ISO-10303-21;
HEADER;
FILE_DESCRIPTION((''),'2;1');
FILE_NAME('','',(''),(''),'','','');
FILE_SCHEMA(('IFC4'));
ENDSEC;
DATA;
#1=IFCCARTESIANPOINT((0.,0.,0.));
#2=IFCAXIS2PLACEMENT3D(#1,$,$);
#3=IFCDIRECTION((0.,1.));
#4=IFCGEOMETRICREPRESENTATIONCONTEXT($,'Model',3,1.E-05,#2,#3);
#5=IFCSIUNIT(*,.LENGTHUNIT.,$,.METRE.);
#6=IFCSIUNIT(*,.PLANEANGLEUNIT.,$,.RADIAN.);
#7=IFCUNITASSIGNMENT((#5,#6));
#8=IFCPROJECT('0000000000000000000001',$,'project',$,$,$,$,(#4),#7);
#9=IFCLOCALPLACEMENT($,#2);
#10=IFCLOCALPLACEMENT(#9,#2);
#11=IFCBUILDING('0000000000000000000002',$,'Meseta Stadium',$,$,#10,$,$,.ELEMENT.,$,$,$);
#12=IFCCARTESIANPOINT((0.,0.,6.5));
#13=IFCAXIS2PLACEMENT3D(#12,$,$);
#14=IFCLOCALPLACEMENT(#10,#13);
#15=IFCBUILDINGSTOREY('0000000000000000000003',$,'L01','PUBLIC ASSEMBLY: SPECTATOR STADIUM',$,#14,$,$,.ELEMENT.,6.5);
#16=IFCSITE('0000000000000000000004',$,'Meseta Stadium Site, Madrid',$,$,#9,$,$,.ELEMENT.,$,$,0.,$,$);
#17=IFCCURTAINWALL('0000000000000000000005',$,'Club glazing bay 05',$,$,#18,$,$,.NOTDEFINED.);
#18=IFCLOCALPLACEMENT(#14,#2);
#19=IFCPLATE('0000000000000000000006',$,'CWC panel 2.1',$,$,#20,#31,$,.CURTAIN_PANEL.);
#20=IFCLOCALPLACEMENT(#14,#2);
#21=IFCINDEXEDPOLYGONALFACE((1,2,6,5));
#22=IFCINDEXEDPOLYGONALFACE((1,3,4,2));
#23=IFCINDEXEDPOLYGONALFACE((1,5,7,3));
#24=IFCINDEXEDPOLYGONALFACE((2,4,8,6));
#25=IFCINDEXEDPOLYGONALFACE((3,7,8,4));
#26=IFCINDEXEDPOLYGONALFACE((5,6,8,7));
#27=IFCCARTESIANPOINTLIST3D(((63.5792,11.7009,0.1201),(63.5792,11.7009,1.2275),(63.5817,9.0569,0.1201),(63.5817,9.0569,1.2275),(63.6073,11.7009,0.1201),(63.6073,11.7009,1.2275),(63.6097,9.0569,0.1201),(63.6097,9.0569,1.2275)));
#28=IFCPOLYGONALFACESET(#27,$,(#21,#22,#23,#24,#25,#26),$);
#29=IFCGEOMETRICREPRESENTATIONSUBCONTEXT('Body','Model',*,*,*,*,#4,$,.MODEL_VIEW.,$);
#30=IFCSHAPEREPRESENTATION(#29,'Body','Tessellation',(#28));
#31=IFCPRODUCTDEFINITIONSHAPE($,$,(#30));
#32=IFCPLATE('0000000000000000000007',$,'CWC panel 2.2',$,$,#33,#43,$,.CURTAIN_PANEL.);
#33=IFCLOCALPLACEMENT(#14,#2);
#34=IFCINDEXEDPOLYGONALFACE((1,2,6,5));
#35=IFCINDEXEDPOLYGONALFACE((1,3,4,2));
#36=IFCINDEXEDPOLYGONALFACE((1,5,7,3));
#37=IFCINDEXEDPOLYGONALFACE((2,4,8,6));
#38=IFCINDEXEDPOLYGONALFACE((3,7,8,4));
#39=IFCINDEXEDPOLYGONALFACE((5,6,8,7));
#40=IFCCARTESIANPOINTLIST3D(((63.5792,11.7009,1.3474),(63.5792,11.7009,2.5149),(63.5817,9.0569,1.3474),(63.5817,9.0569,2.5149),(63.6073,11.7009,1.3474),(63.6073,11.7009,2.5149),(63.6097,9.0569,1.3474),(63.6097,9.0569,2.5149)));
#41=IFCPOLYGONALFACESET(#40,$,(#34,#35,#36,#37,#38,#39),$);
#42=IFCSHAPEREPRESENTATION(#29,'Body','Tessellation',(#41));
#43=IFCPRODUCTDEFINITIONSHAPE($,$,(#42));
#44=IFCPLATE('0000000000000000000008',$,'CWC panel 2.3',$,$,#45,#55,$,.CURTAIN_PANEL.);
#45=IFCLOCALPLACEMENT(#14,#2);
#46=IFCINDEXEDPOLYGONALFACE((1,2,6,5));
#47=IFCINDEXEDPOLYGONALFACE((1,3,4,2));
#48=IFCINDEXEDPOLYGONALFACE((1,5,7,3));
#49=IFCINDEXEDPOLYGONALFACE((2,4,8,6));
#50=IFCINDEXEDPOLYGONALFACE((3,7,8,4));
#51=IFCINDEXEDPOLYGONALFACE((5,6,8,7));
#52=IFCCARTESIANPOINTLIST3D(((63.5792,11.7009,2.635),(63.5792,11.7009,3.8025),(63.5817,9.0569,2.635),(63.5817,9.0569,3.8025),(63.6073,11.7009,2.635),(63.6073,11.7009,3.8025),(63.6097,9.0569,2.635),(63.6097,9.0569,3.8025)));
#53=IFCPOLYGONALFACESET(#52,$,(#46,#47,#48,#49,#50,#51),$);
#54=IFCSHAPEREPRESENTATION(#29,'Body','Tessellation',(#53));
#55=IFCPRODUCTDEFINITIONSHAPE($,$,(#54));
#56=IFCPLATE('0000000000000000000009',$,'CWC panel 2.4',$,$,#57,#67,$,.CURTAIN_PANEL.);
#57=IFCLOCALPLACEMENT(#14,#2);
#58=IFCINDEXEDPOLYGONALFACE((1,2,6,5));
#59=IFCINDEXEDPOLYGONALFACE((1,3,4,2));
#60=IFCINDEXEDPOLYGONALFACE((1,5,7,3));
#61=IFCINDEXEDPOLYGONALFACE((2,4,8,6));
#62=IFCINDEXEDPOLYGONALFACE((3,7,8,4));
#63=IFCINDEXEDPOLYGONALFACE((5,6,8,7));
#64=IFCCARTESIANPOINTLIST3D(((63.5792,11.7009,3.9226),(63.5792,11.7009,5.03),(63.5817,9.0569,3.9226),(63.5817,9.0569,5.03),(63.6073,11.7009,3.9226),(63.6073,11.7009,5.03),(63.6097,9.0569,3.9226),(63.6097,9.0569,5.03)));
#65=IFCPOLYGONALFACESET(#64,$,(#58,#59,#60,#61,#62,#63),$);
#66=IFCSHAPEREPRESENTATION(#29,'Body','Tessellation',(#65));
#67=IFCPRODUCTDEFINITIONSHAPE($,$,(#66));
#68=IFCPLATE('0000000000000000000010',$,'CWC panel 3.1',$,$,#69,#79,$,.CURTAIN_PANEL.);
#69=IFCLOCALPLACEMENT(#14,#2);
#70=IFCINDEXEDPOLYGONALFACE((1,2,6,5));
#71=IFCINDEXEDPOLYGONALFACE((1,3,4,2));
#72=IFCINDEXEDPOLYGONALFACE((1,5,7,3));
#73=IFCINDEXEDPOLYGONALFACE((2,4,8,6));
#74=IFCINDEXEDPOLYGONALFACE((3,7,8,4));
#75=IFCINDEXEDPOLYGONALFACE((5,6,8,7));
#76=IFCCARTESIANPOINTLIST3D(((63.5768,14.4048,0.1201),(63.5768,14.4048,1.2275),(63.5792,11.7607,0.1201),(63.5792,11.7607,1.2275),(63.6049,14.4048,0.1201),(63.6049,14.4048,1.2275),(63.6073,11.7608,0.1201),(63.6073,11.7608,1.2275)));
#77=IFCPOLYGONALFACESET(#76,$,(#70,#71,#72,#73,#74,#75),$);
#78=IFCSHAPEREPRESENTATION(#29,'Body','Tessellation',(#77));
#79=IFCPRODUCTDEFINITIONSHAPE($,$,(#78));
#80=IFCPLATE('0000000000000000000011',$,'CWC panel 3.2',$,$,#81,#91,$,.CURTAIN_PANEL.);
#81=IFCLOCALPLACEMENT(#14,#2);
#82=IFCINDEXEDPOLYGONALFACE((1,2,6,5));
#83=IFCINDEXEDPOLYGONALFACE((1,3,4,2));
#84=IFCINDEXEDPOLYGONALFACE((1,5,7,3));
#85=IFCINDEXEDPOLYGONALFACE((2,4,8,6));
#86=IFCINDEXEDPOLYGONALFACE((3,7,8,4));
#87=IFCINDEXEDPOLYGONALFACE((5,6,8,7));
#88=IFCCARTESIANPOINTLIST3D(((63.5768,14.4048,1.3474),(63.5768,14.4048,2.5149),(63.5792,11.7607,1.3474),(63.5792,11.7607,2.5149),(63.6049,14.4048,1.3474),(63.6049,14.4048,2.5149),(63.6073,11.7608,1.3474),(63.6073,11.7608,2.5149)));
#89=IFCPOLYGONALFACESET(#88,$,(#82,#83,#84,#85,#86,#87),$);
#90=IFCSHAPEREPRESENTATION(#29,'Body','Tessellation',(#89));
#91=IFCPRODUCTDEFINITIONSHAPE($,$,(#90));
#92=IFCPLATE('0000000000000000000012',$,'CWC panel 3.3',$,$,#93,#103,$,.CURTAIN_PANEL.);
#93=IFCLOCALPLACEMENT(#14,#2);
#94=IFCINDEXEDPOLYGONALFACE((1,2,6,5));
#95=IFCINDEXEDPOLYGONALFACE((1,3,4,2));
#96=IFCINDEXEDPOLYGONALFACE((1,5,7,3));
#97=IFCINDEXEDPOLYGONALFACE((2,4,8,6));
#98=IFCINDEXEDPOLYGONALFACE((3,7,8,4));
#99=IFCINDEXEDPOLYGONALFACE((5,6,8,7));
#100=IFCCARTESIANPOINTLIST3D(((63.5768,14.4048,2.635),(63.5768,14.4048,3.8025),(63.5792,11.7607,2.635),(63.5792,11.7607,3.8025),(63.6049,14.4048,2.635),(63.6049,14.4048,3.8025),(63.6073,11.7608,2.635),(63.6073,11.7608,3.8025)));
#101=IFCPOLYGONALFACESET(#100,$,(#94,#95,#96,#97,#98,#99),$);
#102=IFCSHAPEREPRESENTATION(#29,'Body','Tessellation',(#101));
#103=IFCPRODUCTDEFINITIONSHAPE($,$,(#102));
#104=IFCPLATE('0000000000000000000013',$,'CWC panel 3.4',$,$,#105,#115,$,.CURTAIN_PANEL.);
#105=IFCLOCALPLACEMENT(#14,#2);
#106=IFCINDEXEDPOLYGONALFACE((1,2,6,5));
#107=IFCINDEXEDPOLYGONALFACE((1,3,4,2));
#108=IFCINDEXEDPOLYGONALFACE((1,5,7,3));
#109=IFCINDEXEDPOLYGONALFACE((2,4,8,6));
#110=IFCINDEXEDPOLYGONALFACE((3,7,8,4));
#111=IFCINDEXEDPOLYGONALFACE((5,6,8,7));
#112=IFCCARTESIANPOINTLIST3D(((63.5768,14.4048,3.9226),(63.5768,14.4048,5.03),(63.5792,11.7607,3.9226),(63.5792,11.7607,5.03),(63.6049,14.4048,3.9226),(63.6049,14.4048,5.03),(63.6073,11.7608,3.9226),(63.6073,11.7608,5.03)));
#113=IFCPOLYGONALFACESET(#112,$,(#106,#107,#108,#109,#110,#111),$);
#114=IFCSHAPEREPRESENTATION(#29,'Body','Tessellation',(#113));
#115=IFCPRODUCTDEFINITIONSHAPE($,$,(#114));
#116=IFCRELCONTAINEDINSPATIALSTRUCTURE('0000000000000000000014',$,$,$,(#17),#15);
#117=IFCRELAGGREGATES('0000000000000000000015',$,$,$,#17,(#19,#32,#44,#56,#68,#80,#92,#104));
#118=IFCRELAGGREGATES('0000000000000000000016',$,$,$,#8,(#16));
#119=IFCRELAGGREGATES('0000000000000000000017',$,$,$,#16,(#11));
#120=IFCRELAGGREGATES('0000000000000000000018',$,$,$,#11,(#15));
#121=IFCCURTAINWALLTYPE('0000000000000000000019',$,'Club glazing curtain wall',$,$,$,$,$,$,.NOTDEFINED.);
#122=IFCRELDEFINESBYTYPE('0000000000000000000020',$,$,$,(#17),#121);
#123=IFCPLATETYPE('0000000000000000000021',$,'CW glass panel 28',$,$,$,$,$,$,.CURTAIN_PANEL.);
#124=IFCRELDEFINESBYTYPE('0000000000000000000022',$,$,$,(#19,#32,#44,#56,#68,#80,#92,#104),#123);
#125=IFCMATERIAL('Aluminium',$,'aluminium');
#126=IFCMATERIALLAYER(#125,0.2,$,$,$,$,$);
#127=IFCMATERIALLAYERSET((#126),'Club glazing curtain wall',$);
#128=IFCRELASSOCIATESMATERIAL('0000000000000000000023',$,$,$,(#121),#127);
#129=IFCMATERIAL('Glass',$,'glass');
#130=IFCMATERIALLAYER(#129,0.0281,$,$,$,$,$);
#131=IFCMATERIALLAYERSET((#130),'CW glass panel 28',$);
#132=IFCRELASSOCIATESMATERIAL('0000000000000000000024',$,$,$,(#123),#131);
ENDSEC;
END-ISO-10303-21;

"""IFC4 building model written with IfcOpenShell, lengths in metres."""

from ifc_helpers import new_model, si_unit, direction, frame, origin, origin_2d, place, context, subcontext, project, spatial, rectangle, extrude, material, layer, layer_set, type_object, element, aggregate, save


model = new_model("IFC4")

# Units and contexts
model_context = context("Model", 3, precision=1e-05, world=origin(), true_north=direction((0.0, 1.0)))
body_context = subcontext(model_context, "Body", "Model", "MODEL_VIEW")
ifc_project = project(units=[si_unit("LENGTHUNIT", "METRE"), si_unit("PLANEANGLEUNIT", "RADIAN")], contexts=[model_context])

# Site, building, storey
site_placement = place(None, origin())
site = spatial("IfcSite", under=ifc_project, at=site_placement, Name="Meseta Stadium Site, Madrid", CompositionType="ELEMENT", RefElevation=0.0)
building_placement = place(site_placement, origin())
building = spatial("IfcBuilding", under=site, at=building_placement, Name="Meseta Stadium", CompositionType="ELEMENT")
storey_placement = place(building_placement, frame((0.0, 0.0, 6.5)))
storey = spatial("IfcBuildingStorey", under=building, at=storey_placement, Name="L01", Description="PUBLIC ASSEMBLY: SPECTATOR STADIUM", CompositionType="ELEMENT", Elevation=6.5)

# Curtain wall
ifc_material_1 = material(Name="Aluminium", Category="aluminium")
ifc_layer_1 = layer(ifc_material_1, 0.2)
ifc_layer_set_1 = layer_set([ifc_layer_1], Name="Club glazing curtain wall")
curtain_wall_type = type_object("IfcCurtainWallType", Name="Club glazing curtain wall", PredefinedType="NOTDEFINED", material=ifc_layer_set_1)
curtain_wall_1_placement = place(storey_placement, origin())
curtain_wall_1 = element("IfcCurtainWall", 1, at=curtain_wall_1_placement, inside=storey, type_object=curtain_wall_type, Name="Club glazing bay 05", PredefinedType="NOTDEFINED")

# Plates
ifc_material_2 = material(Name="Glass", Category="glass")
ifc_layer_2 = layer(ifc_material_2, 0.0281)
ifc_layer_set_2 = layer_set([ifc_layer_2], Name="CW glass panel 28")
plate_type = type_object("IfcPlateType", Name="CW glass panel 28", PredefinedType="CURTAIN_PANEL", material=ifc_layer_set_2)
plate_1_placement = place(storey_placement, frame((63.5945, 10.3789, 0.1201), z_axis=(0.0, 0.0, 1.0), x_axis=(-0.000925, 1.0, 0.0)))
plate_1 = element("IfcPlate", 2, at=plate_1_placement, type_object=plate_type, Name="CWC panel 2.1", PredefinedType="CURTAIN_PANEL", context=body_context, shape_type="SweptSolid", body=[
    extrude(rectangle(XDim=2.644, YDim=0.0281, at=origin_2d()), origin(), (0.0, 0.0, 1.0), 1.1074),
])
plate_2_placement = place(storey_placement, frame((63.5945, 10.3789, 1.3474), z_axis=(0.0, 0.0, 1.0), x_axis=(-0.000925, 1.0, 0.0)))
plate_2 = element("IfcPlate", 3, at=plate_2_placement, type_object=plate_type, Name="CWC panel 2.2", PredefinedType="CURTAIN_PANEL", context=body_context, shape_type="SweptSolid", body=[
    extrude(rectangle(XDim=2.644, YDim=0.0281, at=origin_2d()), origin(), (0.0, 0.0, 1.0), 1.1675),
])
plate_3_placement = place(storey_placement, frame((63.5945, 10.3789, 2.635), z_axis=(0.0, 0.0, 1.0), x_axis=(-0.000925, 1.0, 0.0)))
plate_3 = element("IfcPlate", 4, at=plate_3_placement, type_object=plate_type, Name="CWC panel 2.3", PredefinedType="CURTAIN_PANEL", context=body_context, shape_type="SweptSolid", body=[
    extrude(rectangle(XDim=2.644, YDim=0.0281, at=origin_2d()), origin(), (0.0, 0.0, 1.0), 1.1675),
])
plate_4_placement = place(storey_placement, frame((63.5945, 10.3789, 3.9226), z_axis=(0.0, 0.0, 1.0), x_axis=(-0.000925, 1.0, 0.0)))
plate_4 = element("IfcPlate", 5, at=plate_4_placement, type_object=plate_type, Name="CWC panel 2.4", PredefinedType="CURTAIN_PANEL", context=body_context, shape_type="SweptSolid", body=[
    extrude(rectangle(XDim=2.644, YDim=0.0281, at=origin_2d()), origin(), (0.0, 0.0, 1.0), 1.1074),
])
plate_5_placement = place(storey_placement, frame((63.592, 13.0828, 0.1201), z_axis=(0.0, 0.0, 1.0), x_axis=(-0.000925, 1.0, 0.0)))
plate_5 = element("IfcPlate", 6, at=plate_5_placement, type_object=plate_type, Name="CWC panel 3.1", PredefinedType="CURTAIN_PANEL", context=body_context, shape_type="SweptSolid", body=[
    extrude(rectangle(XDim=2.644, YDim=0.0281, at=origin_2d()), origin(), (0.0, 0.0, 1.0), 1.1074),
])
plate_6_placement = place(storey_placement, frame((63.592, 13.0828, 1.3474), z_axis=(0.0, 0.0, 1.0), x_axis=(-0.000925, 1.0, 0.0)))
plate_6 = element("IfcPlate", 7, at=plate_6_placement, type_object=plate_type, Name="CWC panel 3.2", PredefinedType="CURTAIN_PANEL", context=body_context, shape_type="SweptSolid", body=[
    extrude(rectangle(XDim=2.644, YDim=0.0281, at=origin_2d()), origin(), (0.0, 0.0, 1.0), 1.1675),
])
plate_7_placement = place(storey_placement, frame((63.592, 13.0828, 2.635), z_axis=(0.0, 0.0, 1.0), x_axis=(-0.000925, 1.0, 0.0)))
plate_7 = element("IfcPlate", 8, at=plate_7_placement, type_object=plate_type, Name="CWC panel 3.3", PredefinedType="CURTAIN_PANEL", context=body_context, shape_type="SweptSolid", body=[
    extrude(rectangle(XDim=2.644, YDim=0.0281, at=origin_2d()), origin(), (0.0, 0.0, 1.0), 1.1675),
])
plate_8_placement = place(storey_placement, frame((63.592, 13.0828, 3.9226), z_axis=(0.0, 0.0, 1.0), x_axis=(-0.000925, 1.0, 0.0)))
plate_8 = element("IfcPlate", 9, at=plate_8_placement, type_object=plate_type, Name="CWC panel 3.4", PredefinedType="CURTAIN_PANEL", context=body_context, shape_type="SweptSolid", body=[
    extrude(rectangle(XDim=2.644, YDim=0.0281, at=origin_2d()), origin(), (0.0, 0.0, 1.0), 1.1074),
])
aggregate(curtain_wall_1, [plate_1, plate_2, plate_3, plate_4, plate_5, plate_6, plate_7, plate_8])

save(model, "model.ifc")
